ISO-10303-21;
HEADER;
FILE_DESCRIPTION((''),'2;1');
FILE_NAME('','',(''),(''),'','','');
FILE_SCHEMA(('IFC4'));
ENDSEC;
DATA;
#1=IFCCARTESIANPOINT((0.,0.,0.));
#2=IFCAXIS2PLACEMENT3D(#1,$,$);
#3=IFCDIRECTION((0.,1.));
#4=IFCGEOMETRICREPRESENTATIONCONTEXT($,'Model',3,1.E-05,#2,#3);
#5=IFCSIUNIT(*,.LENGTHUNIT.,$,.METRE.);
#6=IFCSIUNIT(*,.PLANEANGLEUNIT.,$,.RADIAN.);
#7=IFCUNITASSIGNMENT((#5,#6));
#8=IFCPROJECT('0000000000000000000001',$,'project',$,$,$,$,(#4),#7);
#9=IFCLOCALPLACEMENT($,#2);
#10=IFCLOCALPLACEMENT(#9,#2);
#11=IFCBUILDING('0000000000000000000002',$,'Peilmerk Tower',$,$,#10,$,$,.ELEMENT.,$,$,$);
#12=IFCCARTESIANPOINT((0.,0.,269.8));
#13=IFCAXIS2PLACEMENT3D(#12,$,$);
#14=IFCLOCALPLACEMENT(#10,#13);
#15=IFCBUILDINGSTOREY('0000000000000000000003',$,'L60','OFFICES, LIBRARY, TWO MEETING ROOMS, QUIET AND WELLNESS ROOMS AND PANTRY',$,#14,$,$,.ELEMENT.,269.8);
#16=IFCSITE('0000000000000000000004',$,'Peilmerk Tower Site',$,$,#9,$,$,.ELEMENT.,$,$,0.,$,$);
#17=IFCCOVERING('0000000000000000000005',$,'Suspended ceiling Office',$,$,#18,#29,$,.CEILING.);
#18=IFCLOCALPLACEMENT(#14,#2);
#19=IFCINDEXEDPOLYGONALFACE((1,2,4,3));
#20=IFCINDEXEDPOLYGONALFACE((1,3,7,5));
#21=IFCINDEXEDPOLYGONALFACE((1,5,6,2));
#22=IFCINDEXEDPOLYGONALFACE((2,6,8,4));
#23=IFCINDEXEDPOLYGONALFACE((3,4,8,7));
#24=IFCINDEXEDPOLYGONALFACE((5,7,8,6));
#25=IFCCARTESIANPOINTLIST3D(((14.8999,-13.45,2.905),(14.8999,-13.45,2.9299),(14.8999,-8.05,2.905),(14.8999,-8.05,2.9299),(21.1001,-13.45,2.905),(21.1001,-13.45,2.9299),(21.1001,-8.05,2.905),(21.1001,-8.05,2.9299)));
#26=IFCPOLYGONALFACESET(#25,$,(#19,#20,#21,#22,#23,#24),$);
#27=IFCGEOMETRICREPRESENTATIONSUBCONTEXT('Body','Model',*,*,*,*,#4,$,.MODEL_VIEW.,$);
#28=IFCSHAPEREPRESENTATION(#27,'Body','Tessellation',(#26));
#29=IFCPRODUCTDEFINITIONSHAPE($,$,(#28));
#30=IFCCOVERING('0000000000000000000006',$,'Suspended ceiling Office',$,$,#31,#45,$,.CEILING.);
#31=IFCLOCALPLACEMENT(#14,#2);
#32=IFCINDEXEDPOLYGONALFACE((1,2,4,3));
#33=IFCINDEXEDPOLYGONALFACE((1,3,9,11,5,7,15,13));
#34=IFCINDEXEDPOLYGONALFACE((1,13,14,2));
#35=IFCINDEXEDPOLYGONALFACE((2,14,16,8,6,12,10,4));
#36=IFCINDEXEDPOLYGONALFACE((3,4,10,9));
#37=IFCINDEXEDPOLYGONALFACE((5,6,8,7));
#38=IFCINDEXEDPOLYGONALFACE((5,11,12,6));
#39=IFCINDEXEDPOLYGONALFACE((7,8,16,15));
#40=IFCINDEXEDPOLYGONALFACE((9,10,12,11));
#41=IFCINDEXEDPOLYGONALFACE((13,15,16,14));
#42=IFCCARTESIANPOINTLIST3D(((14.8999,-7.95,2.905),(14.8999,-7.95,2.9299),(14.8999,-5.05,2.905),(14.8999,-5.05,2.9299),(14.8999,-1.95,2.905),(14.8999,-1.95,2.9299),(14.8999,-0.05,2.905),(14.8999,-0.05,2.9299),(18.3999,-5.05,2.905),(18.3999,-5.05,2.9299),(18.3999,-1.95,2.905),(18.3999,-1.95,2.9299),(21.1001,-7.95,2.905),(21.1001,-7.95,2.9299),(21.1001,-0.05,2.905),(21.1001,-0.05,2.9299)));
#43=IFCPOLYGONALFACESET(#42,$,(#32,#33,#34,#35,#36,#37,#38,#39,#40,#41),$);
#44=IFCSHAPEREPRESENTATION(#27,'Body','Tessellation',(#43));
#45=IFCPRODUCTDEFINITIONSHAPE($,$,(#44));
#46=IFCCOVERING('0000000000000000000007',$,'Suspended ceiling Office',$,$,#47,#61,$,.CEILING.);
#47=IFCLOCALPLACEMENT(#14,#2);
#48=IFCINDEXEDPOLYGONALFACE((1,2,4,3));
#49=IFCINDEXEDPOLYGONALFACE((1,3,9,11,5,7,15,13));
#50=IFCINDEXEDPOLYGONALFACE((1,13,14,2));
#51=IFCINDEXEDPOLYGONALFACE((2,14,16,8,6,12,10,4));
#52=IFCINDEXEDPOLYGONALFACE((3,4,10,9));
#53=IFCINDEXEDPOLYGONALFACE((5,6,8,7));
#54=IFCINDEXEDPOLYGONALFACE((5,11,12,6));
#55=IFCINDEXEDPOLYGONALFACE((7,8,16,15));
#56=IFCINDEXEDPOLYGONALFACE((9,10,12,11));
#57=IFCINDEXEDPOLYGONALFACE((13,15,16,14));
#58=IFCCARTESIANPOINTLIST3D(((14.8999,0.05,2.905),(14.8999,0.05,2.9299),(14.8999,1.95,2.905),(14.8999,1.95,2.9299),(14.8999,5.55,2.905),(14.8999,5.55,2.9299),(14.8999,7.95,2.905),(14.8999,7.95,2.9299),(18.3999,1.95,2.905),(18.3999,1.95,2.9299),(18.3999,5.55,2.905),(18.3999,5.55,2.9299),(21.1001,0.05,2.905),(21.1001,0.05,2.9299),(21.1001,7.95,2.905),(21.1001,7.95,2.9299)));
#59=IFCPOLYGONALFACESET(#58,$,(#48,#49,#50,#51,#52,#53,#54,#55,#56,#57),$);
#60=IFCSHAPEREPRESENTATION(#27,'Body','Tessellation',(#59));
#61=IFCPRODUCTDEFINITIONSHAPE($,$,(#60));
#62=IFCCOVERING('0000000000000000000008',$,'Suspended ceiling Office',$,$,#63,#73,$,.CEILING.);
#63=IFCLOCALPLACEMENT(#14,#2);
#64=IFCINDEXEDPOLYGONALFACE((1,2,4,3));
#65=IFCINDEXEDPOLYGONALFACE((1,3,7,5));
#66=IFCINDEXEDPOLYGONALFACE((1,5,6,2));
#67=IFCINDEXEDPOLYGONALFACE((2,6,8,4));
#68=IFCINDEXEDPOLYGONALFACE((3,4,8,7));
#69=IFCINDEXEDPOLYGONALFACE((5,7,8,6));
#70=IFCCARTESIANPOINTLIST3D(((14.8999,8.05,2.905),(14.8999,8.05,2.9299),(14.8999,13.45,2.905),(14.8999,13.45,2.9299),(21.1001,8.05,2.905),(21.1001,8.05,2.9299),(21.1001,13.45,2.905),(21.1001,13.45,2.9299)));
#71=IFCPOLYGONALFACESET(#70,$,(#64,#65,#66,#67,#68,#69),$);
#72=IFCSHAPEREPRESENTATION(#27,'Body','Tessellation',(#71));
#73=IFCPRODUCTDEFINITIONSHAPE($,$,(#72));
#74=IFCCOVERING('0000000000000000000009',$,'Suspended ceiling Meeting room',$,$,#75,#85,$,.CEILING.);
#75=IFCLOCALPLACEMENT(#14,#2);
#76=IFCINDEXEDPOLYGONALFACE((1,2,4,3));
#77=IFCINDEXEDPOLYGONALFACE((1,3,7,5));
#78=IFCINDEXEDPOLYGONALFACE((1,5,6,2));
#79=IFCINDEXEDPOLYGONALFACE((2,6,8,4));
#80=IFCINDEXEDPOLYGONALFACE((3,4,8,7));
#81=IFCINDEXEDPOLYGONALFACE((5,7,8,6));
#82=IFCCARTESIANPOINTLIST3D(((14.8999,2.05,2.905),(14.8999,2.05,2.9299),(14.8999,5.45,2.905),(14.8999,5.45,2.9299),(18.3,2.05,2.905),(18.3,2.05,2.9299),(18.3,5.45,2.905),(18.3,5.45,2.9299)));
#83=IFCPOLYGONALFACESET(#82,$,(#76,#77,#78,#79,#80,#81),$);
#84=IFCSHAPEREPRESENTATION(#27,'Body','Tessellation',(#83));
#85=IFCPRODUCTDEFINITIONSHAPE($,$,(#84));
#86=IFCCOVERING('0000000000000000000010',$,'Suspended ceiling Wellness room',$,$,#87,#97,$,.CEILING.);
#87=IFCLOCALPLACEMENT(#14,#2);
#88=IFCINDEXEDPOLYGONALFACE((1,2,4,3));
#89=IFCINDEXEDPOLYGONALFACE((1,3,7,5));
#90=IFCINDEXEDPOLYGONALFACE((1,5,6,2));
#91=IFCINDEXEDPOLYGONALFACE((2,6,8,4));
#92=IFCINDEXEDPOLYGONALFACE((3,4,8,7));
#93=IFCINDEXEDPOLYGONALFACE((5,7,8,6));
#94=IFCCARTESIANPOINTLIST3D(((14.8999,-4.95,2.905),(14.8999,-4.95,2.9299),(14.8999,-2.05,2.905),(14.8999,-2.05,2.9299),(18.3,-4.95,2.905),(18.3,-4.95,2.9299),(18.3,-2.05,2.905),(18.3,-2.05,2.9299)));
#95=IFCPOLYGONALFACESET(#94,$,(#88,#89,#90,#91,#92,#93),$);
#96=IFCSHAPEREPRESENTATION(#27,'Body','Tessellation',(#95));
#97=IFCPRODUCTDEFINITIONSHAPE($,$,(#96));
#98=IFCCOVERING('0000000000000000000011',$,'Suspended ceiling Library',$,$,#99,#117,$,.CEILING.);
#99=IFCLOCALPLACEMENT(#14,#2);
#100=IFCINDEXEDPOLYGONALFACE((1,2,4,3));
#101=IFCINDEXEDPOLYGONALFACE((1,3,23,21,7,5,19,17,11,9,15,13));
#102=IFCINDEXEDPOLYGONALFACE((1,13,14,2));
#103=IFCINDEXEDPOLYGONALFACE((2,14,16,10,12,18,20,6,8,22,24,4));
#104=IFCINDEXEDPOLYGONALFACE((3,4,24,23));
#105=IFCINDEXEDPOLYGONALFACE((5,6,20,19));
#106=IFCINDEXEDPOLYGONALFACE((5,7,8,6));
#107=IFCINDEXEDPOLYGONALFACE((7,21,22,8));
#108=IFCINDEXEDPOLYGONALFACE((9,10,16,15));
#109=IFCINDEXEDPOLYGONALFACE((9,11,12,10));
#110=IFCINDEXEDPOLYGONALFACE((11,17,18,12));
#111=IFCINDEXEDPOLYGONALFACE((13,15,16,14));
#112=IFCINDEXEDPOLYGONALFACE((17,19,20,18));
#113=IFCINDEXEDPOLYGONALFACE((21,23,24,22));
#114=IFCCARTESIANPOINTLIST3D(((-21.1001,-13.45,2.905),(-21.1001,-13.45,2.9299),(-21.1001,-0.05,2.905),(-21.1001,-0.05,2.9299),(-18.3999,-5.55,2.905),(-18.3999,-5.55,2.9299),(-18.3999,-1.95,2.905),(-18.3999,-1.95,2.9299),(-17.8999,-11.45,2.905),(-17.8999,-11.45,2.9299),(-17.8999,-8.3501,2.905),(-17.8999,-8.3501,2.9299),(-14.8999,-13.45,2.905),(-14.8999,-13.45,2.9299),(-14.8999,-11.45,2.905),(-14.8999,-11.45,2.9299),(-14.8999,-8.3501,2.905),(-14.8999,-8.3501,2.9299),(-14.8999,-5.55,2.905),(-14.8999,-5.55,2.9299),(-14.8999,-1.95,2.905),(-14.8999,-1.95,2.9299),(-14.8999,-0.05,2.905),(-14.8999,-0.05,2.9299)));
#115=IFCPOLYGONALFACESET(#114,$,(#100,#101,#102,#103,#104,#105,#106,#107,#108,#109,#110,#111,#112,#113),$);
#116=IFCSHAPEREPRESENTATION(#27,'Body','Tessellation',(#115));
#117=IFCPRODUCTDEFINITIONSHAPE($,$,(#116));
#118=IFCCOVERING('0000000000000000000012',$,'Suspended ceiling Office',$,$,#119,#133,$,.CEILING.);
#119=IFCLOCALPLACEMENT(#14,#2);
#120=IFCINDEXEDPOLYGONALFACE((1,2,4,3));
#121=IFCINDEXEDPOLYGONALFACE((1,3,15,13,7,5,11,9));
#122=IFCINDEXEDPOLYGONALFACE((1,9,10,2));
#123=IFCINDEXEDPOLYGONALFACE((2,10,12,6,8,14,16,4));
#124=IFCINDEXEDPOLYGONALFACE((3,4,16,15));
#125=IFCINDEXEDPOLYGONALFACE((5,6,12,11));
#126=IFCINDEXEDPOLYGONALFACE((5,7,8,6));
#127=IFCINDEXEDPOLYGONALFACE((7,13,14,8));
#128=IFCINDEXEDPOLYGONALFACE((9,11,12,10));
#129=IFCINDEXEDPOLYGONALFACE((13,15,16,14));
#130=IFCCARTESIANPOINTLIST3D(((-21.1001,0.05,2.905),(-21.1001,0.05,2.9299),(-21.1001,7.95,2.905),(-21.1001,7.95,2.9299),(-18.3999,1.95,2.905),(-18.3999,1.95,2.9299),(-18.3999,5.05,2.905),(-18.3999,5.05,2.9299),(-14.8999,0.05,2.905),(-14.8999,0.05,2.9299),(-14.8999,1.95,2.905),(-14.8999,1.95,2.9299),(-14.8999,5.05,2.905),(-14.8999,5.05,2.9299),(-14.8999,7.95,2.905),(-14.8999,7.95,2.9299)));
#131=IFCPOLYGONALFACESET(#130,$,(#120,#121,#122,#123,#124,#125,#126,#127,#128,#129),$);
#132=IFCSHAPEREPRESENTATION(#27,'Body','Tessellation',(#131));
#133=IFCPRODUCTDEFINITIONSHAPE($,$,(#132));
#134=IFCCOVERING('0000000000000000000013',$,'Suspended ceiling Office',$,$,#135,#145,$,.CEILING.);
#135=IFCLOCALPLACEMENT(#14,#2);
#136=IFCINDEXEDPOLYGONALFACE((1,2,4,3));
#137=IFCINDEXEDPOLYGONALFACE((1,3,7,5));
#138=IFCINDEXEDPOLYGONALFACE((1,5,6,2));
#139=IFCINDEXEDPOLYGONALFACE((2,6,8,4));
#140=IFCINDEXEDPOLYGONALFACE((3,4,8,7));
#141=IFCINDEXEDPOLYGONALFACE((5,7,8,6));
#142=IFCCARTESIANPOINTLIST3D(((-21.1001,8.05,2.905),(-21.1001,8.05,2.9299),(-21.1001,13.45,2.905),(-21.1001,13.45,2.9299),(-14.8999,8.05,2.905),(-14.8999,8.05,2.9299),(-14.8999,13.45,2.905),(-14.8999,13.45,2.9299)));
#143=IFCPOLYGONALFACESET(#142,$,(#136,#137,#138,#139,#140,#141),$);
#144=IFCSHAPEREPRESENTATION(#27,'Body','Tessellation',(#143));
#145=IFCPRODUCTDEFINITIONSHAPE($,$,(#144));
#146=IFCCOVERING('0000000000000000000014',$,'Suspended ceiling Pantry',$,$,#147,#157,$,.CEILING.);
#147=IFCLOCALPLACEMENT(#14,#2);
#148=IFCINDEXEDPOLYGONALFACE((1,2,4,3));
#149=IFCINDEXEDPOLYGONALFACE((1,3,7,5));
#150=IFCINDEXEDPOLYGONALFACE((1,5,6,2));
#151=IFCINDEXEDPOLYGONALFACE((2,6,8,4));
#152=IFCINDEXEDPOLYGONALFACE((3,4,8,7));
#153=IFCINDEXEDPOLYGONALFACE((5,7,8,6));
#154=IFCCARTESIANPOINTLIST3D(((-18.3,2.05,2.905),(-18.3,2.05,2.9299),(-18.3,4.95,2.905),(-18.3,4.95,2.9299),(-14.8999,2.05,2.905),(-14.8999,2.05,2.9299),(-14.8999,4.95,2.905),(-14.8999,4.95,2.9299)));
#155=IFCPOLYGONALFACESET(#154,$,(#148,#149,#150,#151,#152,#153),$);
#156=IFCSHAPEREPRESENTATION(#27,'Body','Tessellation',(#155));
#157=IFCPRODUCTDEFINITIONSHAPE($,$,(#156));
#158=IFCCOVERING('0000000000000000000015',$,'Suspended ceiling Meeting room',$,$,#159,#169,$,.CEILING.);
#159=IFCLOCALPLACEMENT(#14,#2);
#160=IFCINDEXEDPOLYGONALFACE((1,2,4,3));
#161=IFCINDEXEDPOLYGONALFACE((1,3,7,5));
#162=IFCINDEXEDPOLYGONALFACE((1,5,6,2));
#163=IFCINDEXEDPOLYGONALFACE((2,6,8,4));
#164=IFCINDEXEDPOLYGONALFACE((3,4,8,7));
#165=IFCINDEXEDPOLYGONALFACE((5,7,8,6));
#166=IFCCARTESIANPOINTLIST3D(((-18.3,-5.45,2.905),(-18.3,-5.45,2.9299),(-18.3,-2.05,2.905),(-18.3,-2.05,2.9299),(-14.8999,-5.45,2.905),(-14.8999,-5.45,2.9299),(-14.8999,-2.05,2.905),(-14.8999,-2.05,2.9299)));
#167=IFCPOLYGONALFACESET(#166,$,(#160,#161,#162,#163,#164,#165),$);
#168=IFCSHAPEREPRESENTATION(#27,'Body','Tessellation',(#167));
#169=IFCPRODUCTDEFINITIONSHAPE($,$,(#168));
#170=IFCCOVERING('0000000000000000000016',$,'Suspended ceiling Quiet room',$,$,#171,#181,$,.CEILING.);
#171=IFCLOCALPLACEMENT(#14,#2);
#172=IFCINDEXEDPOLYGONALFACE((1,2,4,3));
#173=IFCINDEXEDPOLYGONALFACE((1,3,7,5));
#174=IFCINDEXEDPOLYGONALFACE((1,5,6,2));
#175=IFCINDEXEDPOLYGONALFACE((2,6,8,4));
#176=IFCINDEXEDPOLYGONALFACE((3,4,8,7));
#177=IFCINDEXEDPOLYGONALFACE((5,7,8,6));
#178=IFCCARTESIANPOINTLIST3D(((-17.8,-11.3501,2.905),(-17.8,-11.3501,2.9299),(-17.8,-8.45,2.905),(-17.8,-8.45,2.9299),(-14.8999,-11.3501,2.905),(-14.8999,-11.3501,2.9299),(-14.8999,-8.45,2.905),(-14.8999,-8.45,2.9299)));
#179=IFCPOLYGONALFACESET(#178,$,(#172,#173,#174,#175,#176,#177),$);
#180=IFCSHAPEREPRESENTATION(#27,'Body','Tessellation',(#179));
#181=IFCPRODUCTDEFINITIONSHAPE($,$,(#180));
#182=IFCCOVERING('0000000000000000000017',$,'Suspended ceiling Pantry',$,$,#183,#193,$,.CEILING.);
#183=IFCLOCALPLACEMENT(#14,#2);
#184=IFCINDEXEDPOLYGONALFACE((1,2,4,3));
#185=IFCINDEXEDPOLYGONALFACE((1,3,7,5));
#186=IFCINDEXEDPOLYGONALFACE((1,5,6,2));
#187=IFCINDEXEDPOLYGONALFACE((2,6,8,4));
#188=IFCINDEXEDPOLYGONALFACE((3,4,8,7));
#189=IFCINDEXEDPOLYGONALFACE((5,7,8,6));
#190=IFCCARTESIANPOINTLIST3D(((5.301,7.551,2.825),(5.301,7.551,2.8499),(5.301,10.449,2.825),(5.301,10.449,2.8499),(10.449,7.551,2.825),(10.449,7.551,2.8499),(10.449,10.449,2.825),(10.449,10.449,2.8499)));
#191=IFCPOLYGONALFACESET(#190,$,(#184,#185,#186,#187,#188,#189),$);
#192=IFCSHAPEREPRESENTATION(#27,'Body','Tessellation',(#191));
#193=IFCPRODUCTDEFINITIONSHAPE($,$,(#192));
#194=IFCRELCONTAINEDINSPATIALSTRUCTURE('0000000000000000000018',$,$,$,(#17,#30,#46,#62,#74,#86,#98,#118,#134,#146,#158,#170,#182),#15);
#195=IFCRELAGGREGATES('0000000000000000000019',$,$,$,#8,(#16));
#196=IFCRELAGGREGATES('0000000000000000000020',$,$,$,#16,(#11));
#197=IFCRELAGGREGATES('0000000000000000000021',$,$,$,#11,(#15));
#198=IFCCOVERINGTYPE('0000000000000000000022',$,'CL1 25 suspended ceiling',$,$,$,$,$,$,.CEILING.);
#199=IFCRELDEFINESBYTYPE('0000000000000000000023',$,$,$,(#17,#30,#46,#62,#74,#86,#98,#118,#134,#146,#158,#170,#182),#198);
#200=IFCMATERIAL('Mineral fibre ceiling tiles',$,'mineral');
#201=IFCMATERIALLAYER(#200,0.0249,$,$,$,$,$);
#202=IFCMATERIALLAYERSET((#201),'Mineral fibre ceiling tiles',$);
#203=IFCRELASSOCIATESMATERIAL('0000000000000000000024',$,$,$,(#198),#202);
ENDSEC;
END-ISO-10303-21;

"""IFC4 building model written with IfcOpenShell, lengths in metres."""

from ifc_helpers import new_model, si_unit, direction, frame, origin, place, context, subcontext, project, spatial, polyline, outline, extrude, material, layer, layer_set, type_object, element, save


model = new_model("IFC4")

# Units and contexts
model_context = context("Model", 3, precision=1e-05, world=origin(), true_north=direction((0.0, 1.0)))
body_context = subcontext(model_context, "Body", "Model", "MODEL_VIEW")
ifc_project = project(units=[si_unit("LENGTHUNIT", "METRE"), si_unit("PLANEANGLEUNIT", "RADIAN")], contexts=[model_context])

# Site, building, storey
site_placement = place(None, origin())
site = spatial("IfcSite", under=ifc_project, at=site_placement, Name="Peilmerk Tower Site", CompositionType="ELEMENT", RefElevation=0.0)
building_placement = place(site_placement, origin())
building = spatial("IfcBuilding", under=site, at=building_placement, Name="Peilmerk Tower", CompositionType="ELEMENT")
storey_placement = place(building_placement, frame((0.0, 0.0, 269.8)))
storey = spatial("IfcBuildingStorey", under=building, at=storey_placement, Name="L60", Description="OFFICES, LIBRARY, TWO MEETING ROOMS, QUIET AND WELLNESS ROOMS AND PANTRY", CompositionType="ELEMENT", Elevation=269.8)

# Coverings
ifc_material_1 = material(Name="Mineral fibre ceiling tiles", Category="mineral")
ifc_layer_1 = layer(ifc_material_1, 0.0249)
ifc_layer_set_1 = layer_set([ifc_layer_1], Name="Mineral fibre ceiling tiles")
covering_type = type_object("IfcCoveringType", Name="CL1 25 suspended ceiling", PredefinedType="CEILING", material=ifc_layer_set_1)
covering_1_placement = place(storey_placement, frame((0.0, 0.0, 2.905)))
element("IfcCovering", 1, at=covering_1_placement, inside=storey, type_object=covering_type, Name="Suspended ceiling Office", PredefinedType="CEILING", context=body_context, shape_type="SweptSolid", body=[
    extrude(outline(polyline([(21.1001, -13.45), (21.1001, -8.05), (14.8999, -8.05), (14.8999, -13.45), (21.1001, -13.45)])), origin(), (0.0, 0.0, 1.0), 0.0249),
])
covering_2_placement = place(storey_placement, frame((0.0, 0.0, 2.905)))
element("IfcCovering", 2, at=covering_2_placement, inside=storey, type_object=covering_type, Name="Suspended ceiling Office", PredefinedType="CEILING", context=body_context, shape_type="SweptSolid", body=[
    extrude(outline(polyline([(14.8999, -7.95), (21.1001, -7.95), (21.1001, -0.05), (14.8999, -0.05), (14.8999, -1.95), (18.3999, -1.95), (18.3999, -5.05), (14.8999, -5.05), (14.8999, -7.95)])), origin(), (0.0, 0.0, 1.0), 0.0249),
])
covering_3_placement = place(storey_placement, frame((0.0, 0.0, 2.905)))
element("IfcCovering", 3, at=covering_3_placement, inside=storey, type_object=covering_type, Name="Suspended ceiling Office", PredefinedType="CEILING", context=body_context, shape_type="SweptSolid", body=[
    extrude(outline(polyline([(14.8999, 0.05), (21.1001, 0.05), (21.1001, 7.95), (14.8999, 7.95), (14.8999, 5.55), (18.3999, 5.55), (18.3999, 1.95), (14.8999, 1.95), (14.8999, 0.05)])), origin(), (0.0, 0.0, 1.0), 0.0249),
])
covering_4_placement = place(storey_placement, frame((0.0, 0.0, 2.905)))
element("IfcCovering", 4, at=covering_4_placement, inside=storey, type_object=covering_type, Name="Suspended ceiling Office", PredefinedType="CEILING", context=body_context, shape_type="SweptSolid", body=[
    extrude(outline(polyline([(21.1001, 8.05), (21.1001, 13.45), (14.8999, 13.45), (14.8999, 8.05), (21.1001, 8.05)])), origin(), (0.0, 0.0, 1.0), 0.0249),
])
covering_5_placement = place(storey_placement, frame((0.0, 0.0, 2.905)))
element("IfcCovering", 5, at=covering_5_placement, inside=storey, type_object=covering_type, Name="Suspended ceiling Meeting room", PredefinedType="CEILING", context=body_context, shape_type="SweptSolid", body=[
    extrude(outline(polyline([(18.3, 2.05), (18.3, 5.45), (14.8999, 5.45), (14.8999, 2.05), (18.3, 2.05)])), origin(), (0.0, 0.0, 1.0), 0.0249),
])
covering_6_placement = place(storey_placement, frame((0.0, 0.0, 2.905)))
element("IfcCovering", 6, at=covering_6_placement, inside=storey, type_object=covering_type, Name="Suspended ceiling Wellness room", PredefinedType="CEILING", context=body_context, shape_type="SweptSolid", body=[
    extrude(outline(polyline([(18.3, -4.95), (18.3, -2.05), (14.8999, -2.05), (14.8999, -4.95), (18.3, -4.95)])), origin(), (0.0, 0.0, 1.0), 0.0249),
])
covering_7_placement = place(storey_placement, frame((0.0, 0.0, 2.905)))
element("IfcCovering", 7, at=covering_7_placement, inside=storey, type_object=covering_type, Name="Suspended ceiling Library", PredefinedType="CEILING", context=body_context, shape_type="SweptSolid", body=[
    extrude(outline(polyline([(-14.8999, -0.05), (-21.1001, -0.05), (-21.1001, -13.45), (-14.8999, -13.45), (-14.8999, -11.45), (-17.8999, -11.45), (-17.8999, -8.3501), (-14.8999, -8.3501), (-14.8999, -5.55), (-18.3999, -5.55), (-18.3999, -1.95), (-14.8999, -1.95), (-14.8999, -0.05)])), origin(), (0.0, 0.0, 1.0), 0.0249),
])
covering_8_placement = place(storey_placement, frame((0.0, 0.0, 2.905)))
element("IfcCovering", 8, at=covering_8_placement, inside=storey, type_object=covering_type, Name="Suspended ceiling Office", PredefinedType="CEILING", context=body_context, shape_type="SweptSolid", body=[
    extrude(outline(polyline([(-14.8999, 7.95), (-21.1001, 7.95), (-21.1001, 0.05), (-14.8999, 0.05), (-14.8999, 1.95), (-18.3999, 1.95), (-18.3999, 5.05), (-14.8999, 5.05), (-14.8999, 7.95)])), origin(), (0.0, 0.0, 1.0), 0.0249),
])
covering_9_placement = place(storey_placement, frame((0.0, 0.0, 2.905)))
element("IfcCovering", 9, at=covering_9_placement, inside=storey, type_object=covering_type, Name="Suspended ceiling Office", PredefinedType="CEILING", context=body_context, shape_type="SweptSolid", body=[
    extrude(outline(polyline([(-21.1001, 13.45), (-21.1001, 8.05), (-14.8999, 8.05), (-14.8999, 13.45), (-21.1001, 13.45)])), origin(), (0.0, 0.0, 1.0), 0.0249),
])
covering_10_placement = place(storey_placement, frame((0.0, 0.0, 2.905)))
element("IfcCovering", 10, at=covering_10_placement, inside=storey, type_object=covering_type, Name="Suspended ceiling Pantry", PredefinedType="CEILING", context=body_context, shape_type="SweptSolid", body=[
    extrude(outline(polyline([(-14.8999, 2.05), (-14.8999, 4.95), (-18.3, 4.95), (-18.3, 2.05), (-14.8999, 2.05)])), origin(), (0.0, 0.0, 1.0), 0.0249),
])
covering_11_placement = place(storey_placement, frame((0.0, 0.0, 2.905)))
element("IfcCovering", 11, at=covering_11_placement, inside=storey, type_object=covering_type, Name="Suspended ceiling Meeting room", PredefinedType="CEILING", context=body_context, shape_type="SweptSolid", body=[
    extrude(outline(polyline([(-14.8999, -5.45), (-14.8999, -2.05), (-18.3, -2.05), (-18.3, -5.45), (-14.8999, -5.45)])), origin(), (0.0, 0.0, 1.0), 0.0249),
])
covering_12_placement = place(storey_placement, frame((0.0, 0.0, 2.905)))
element("IfcCovering", 12, at=covering_12_placement, inside=storey, type_object=covering_type, Name="Suspended ceiling Quiet room", PredefinedType="CEILING", context=body_context, shape_type="SweptSolid", body=[
    extrude(outline(polyline([(-14.8999, -11.3501), (-14.8999, -8.45), (-17.8, -8.45), (-17.8, -11.3501), (-14.8999, -11.3501)])), origin(), (0.0, 0.0, 1.0), 0.0249),
])
covering_13_placement = place(storey_placement, frame((0.0, 0.0, 2.825)))
element("IfcCovering", 13, at=covering_13_placement, inside=storey, type_object=covering_type, Name="Suspended ceiling Pantry", PredefinedType="CEILING", context=body_context, shape_type="SweptSolid", body=[
    extrude(outline(polyline([(10.449, 7.551), (10.449, 10.449), (5.301, 10.449), (5.301, 7.551), (10.449, 7.551)])), origin(), (0.0, 0.0, 1.0), 0.0249),
])

save(model, "model.ifc")
